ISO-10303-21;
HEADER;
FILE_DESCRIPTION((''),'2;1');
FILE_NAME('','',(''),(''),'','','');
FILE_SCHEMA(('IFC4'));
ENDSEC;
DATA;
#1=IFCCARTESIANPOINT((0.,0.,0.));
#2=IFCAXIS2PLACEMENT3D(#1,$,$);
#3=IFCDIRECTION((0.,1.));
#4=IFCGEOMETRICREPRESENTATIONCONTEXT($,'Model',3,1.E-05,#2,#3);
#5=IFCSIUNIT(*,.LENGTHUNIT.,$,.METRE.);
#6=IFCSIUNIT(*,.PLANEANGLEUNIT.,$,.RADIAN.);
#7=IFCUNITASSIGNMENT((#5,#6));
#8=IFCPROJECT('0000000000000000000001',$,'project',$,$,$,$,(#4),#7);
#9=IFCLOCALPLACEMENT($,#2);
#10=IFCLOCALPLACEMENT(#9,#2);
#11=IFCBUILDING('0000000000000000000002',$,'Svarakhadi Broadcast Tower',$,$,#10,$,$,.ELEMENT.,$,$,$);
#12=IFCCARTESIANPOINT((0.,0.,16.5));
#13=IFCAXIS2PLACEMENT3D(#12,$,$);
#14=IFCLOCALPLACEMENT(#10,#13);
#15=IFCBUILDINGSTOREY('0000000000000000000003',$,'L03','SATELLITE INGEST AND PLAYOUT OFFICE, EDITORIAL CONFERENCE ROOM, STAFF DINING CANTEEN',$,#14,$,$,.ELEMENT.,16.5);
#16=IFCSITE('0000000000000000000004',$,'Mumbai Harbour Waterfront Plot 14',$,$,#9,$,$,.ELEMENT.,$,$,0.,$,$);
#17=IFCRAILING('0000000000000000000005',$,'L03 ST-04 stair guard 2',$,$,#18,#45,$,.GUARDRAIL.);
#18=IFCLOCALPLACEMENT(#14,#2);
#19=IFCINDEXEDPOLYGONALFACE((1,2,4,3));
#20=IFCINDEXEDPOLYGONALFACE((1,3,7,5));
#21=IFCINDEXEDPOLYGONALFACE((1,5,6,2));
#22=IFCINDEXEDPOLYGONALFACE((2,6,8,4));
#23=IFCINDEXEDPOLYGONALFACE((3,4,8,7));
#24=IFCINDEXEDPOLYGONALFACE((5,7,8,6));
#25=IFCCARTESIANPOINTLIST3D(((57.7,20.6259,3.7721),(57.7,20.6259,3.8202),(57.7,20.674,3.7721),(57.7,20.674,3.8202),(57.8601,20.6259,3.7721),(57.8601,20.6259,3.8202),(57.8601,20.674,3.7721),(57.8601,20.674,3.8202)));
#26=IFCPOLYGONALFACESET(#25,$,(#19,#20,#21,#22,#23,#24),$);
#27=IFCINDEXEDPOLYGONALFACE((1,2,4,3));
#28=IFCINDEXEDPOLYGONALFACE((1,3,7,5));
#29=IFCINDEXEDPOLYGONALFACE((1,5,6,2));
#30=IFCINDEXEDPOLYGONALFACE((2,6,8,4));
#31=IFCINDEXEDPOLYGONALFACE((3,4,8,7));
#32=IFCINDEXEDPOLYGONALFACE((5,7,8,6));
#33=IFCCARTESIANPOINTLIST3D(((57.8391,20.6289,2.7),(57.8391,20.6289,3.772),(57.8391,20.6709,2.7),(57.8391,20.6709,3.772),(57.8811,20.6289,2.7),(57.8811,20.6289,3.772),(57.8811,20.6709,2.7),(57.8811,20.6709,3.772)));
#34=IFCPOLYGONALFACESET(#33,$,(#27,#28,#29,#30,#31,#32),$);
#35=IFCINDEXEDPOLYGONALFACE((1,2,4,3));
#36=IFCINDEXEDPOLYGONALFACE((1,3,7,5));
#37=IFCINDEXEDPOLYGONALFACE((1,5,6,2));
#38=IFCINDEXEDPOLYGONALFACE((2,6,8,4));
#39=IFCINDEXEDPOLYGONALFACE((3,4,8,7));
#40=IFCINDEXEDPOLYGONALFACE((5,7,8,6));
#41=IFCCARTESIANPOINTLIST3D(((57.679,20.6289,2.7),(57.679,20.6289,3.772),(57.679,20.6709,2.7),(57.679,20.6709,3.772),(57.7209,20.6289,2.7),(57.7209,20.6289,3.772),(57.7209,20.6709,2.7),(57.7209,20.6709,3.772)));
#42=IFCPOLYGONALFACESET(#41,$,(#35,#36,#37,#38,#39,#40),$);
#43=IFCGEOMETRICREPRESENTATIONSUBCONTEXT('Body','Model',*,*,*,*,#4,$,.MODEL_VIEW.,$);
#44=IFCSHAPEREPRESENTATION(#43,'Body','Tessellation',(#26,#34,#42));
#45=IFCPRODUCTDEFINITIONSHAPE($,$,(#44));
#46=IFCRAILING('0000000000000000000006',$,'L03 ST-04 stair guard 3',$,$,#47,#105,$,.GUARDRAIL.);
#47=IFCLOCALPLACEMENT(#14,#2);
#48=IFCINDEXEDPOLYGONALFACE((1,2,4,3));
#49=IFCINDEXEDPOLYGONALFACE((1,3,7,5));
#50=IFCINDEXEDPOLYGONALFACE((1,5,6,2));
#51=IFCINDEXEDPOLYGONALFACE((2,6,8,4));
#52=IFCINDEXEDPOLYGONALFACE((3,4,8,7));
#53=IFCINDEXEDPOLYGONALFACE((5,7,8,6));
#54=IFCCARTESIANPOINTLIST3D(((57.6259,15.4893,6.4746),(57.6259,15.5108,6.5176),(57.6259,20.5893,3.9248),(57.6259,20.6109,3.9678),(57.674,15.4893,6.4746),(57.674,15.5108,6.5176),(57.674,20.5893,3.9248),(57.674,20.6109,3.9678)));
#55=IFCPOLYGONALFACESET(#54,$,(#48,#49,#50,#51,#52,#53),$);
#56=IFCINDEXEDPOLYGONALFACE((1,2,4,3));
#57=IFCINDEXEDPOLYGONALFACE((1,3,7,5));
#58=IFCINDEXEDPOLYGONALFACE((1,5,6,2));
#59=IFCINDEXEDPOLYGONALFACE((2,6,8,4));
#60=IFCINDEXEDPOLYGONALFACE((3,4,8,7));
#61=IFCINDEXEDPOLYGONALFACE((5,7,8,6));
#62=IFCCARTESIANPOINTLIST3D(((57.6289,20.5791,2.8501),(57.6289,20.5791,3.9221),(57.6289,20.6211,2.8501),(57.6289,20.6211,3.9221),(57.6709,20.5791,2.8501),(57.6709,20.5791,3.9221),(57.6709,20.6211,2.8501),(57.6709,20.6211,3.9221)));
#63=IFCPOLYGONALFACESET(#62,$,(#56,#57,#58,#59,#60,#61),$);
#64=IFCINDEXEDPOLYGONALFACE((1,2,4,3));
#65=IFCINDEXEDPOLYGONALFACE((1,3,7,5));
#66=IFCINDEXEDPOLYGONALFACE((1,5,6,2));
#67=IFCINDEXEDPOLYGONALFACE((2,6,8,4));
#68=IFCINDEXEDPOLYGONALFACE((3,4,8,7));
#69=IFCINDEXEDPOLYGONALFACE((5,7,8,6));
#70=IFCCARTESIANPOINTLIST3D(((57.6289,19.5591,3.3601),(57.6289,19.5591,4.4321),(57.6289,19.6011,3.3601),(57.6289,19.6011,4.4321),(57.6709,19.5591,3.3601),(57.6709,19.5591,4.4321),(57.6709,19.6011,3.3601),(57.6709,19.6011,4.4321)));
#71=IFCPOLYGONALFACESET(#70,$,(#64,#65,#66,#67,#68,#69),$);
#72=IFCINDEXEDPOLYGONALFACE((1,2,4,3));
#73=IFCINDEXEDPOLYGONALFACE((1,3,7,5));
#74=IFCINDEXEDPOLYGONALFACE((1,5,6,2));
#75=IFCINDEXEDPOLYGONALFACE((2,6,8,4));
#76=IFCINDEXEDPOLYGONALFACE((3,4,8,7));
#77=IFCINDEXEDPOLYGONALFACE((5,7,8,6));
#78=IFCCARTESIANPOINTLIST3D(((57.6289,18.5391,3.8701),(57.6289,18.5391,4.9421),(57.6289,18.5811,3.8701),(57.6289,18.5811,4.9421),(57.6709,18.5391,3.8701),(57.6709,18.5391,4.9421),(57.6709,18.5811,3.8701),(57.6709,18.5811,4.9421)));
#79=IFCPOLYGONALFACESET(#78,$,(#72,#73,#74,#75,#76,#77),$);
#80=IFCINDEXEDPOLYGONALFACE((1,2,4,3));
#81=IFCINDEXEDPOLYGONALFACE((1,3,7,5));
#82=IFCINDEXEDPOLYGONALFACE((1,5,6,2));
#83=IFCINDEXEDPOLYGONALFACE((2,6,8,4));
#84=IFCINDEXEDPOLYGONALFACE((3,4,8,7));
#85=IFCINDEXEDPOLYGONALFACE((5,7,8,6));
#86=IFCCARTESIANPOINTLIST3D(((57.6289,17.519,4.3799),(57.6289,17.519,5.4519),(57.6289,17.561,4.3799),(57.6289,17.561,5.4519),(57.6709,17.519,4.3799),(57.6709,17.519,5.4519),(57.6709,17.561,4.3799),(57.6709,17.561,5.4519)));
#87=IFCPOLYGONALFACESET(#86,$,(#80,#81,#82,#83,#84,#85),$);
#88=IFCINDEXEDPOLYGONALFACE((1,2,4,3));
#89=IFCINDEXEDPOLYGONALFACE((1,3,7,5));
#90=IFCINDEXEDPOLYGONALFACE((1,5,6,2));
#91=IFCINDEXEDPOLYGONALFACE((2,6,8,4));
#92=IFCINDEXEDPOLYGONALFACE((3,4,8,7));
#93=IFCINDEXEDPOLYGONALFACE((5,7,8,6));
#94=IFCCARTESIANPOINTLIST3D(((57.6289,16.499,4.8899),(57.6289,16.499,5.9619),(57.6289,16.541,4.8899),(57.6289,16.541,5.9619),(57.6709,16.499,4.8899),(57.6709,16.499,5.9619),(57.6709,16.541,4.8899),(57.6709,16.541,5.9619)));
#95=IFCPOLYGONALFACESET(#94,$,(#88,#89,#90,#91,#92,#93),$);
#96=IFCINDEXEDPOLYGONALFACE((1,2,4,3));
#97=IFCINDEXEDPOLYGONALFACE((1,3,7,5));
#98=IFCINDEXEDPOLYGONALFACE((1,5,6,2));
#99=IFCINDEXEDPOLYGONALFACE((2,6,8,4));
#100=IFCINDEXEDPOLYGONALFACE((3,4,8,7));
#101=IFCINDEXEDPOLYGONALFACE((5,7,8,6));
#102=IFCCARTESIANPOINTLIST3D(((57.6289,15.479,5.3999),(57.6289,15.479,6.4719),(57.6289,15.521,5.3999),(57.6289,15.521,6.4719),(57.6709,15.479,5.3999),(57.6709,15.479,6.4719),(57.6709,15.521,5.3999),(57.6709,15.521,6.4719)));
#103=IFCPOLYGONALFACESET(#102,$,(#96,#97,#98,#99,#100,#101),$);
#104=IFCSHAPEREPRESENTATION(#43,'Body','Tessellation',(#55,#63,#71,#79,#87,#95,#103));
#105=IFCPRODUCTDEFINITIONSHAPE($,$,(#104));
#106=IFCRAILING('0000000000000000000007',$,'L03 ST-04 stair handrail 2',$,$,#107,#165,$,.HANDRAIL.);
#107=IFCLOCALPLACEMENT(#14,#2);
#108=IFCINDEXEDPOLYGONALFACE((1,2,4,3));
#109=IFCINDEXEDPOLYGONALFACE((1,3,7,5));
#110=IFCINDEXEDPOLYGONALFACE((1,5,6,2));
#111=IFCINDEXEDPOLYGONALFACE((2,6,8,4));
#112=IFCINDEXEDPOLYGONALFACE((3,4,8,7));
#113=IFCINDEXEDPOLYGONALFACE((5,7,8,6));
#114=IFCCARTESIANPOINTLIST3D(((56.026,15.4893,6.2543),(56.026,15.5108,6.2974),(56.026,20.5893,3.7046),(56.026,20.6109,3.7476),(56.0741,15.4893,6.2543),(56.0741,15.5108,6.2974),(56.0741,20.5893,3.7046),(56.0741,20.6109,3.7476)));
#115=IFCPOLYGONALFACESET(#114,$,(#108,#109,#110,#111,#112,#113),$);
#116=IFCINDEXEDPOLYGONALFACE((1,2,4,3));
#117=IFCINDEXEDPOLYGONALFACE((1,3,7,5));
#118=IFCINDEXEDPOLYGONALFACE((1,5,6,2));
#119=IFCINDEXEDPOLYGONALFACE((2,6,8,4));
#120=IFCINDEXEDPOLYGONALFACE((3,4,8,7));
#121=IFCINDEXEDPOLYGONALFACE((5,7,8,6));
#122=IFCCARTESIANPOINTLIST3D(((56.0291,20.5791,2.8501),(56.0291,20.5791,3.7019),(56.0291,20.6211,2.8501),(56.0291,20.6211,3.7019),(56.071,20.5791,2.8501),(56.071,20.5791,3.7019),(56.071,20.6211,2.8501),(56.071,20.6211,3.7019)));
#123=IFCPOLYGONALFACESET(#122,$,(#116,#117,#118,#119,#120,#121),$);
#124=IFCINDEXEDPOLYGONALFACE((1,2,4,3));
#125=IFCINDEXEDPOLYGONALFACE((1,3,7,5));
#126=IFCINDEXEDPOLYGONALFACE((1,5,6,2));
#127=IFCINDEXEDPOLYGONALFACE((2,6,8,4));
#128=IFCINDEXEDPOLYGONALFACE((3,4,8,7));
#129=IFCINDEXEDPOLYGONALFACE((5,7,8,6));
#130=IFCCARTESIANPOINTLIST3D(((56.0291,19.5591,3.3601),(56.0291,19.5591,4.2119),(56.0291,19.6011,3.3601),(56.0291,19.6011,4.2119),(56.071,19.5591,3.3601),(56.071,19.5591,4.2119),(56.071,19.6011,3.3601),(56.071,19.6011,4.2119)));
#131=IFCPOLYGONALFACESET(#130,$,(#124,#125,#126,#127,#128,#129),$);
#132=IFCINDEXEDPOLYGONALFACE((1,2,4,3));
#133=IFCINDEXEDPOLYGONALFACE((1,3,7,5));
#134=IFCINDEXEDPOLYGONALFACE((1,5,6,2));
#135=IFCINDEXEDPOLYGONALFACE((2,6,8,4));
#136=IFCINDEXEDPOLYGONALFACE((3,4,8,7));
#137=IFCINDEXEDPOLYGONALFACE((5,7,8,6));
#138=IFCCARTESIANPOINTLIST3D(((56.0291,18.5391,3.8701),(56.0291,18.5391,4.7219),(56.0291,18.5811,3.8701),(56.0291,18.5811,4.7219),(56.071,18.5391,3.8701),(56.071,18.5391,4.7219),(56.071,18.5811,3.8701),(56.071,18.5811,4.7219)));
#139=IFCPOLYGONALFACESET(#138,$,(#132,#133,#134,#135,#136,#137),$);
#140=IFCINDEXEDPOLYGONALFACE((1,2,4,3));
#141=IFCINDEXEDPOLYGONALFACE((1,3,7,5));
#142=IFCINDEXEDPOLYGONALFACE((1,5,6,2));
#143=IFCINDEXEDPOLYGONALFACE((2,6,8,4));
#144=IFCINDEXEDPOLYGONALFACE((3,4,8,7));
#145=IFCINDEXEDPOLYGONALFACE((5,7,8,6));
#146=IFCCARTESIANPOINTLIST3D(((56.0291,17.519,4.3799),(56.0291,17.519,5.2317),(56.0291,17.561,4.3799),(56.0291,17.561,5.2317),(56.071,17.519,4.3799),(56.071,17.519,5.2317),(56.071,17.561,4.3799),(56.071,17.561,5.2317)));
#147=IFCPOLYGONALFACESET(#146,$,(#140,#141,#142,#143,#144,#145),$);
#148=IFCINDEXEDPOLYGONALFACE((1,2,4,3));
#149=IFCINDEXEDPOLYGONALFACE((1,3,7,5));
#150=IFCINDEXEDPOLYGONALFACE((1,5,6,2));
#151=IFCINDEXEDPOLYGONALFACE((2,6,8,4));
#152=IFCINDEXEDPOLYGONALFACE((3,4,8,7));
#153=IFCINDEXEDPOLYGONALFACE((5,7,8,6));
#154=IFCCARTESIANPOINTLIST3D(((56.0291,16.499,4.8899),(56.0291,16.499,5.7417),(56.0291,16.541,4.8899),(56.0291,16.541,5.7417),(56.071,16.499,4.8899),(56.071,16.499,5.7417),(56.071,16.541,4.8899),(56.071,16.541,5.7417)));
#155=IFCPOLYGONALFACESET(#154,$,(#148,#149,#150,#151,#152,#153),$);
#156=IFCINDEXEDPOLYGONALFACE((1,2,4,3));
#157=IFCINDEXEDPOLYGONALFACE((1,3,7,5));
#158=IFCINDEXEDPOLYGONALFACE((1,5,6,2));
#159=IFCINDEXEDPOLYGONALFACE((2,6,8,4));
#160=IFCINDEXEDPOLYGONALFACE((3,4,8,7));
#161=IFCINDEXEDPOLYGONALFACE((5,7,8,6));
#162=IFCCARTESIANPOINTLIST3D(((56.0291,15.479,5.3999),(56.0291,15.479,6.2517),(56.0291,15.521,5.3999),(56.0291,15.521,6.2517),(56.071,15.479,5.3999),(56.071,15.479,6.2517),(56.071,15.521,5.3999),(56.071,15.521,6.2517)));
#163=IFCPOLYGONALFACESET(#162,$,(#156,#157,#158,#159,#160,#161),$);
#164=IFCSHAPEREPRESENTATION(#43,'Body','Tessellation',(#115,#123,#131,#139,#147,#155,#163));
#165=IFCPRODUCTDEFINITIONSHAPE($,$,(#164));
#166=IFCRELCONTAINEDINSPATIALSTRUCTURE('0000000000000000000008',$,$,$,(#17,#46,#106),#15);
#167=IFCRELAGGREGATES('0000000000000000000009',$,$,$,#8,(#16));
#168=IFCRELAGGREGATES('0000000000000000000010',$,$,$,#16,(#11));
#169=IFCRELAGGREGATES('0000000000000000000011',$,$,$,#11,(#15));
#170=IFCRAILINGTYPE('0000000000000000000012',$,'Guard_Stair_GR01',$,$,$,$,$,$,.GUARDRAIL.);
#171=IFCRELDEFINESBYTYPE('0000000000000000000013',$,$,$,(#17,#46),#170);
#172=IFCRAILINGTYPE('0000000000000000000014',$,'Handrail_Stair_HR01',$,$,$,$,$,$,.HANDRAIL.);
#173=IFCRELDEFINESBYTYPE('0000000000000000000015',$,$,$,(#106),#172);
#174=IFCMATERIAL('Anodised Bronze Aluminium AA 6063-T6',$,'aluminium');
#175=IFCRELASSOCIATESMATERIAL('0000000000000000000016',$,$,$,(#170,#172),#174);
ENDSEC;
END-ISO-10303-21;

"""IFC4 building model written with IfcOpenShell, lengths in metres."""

from ifc_helpers import new_model, si_unit, direction, frame, origin, origin_2d, place, context, subcontext, project, spatial, rectangle, extrude, material, type_object, element, save


model = new_model("IFC4")

# Units and contexts
model_context = context("Model", 3, precision=1e-05, world=origin(), true_north=direction((0.0, 1.0)))
body_context = subcontext(model_context, "Body", "Model", "MODEL_VIEW")
ifc_project = project(units=[si_unit("LENGTHUNIT", "METRE"), si_unit("PLANEANGLEUNIT", "RADIAN")], contexts=[model_context])

# Site, building, storey
site_placement = place(None, origin())
site = spatial("IfcSite", under=ifc_project, at=site_placement, Name="Mumbai Harbour Waterfront Plot 14", CompositionType="ELEMENT", RefElevation=0.0)
building_placement = place(site_placement, origin())
building = spatial("IfcBuilding", under=site, at=building_placement, Name="Svarakhadi Broadcast Tower", CompositionType="ELEMENT")
storey_placement = place(building_placement, frame((0.0, 0.0, 16.5)))
storey = spatial("IfcBuildingStorey", under=building, at=storey_placement, Name="L03", Description="SATELLITE INGEST AND PLAYOUT OFFICE, EDITORIAL CONFERENCE ROOM, STAFF DINING CANTEEN", CompositionType="ELEMENT", Elevation=16.5)

# Shared definitions
ifc_material_1 = material(Name="Anodised Bronze Aluminium AA 6063-T6", Category="aluminium")

# Railings
railing_type_1 = type_object("IfcRailingType", Name="Guard_Stair_GR01", PredefinedType="GUARDRAIL", material=ifc_material_1)
railing_1_placement = place(storey_placement, frame((57.8601, 20.6499, 2.7)))
element("IfcRailing", 1, at=railing_1_placement, inside=storey, type_object=railing_type_1, Name="L03 ST-04 stair guard 2", PredefinedType="GUARDRAIL", context=body_context, shape_type="SweptSolid", body=[
    extrude(rectangle(XDim=0.0481, YDim=0.0481, at=origin_2d()), frame((0.0, 0.0, 1.0962), z_axis=(-1.0, 0.0, 0.0), x_axis=(0.0, -1.0, 0.0)), (0.0, 0.0, 1.0), 0.1602),
    extrude(rectangle(XDim=0.042, YDim=0.042, at=origin_2d()), origin(), (0.0, 0.0, 1.0), 1.072),
    extrude(rectangle(XDim=0.042, YDim=0.042, at=origin_2d()), frame((-0.1602, 0.0, 0.0)), (0.0, 0.0, 1.0), 1.072),
])
railing_2_placement = place(storey_placement, frame((57.6499, 20.6001, 2.8501)))
element("IfcRailing", 2, at=railing_2_placement, inside=storey, type_object=railing_type_1, Name="L03 ST-04 stair guard 3", PredefinedType="GUARDRAIL", context=body_context, shape_type="SweptSolid", body=[
    extrude(rectangle(XDim=0.0481, YDim=0.0481, at=origin_2d()), frame((0.0, 0.0, 1.0962), z_axis=(0.0, -0.894444, 0.447179), x_axis=(1.0, 0.0, 0.0)), (0.0, 0.0, 1.0), 5.7019),
    extrude(rectangle(XDim=0.042, YDim=0.042, at=origin_2d()), origin(), (0.0, 0.0, 1.0), 1.072),
    extrude(rectangle(XDim=0.042, YDim=0.042, at=origin_2d()), frame((0.0, -1.02, 0.51)), (0.0, 0.0, 1.0), 1.072),
    extrude(rectangle(XDim=0.042, YDim=0.042, at=origin_2d()), frame((0.0, -2.04, 1.02)), (0.0, 0.0, 1.0), 1.072),
    extrude(rectangle(XDim=0.042, YDim=0.042, at=origin_2d()), frame((0.0, -3.0601, 1.5298)), (0.0, 0.0, 1.0), 1.072),
    extrude(rectangle(XDim=0.042, YDim=0.042, at=origin_2d()), frame((0.0, -4.0801, 2.0398)), (0.0, 0.0, 1.0), 1.072),
    extrude(rectangle(XDim=0.042, YDim=0.042, at=origin_2d()), frame((0.0, -5.1001, 2.5498)), (0.0, 0.0, 1.0), 1.072),
])
railing_type_2 = type_object("IfcRailingType", Name="Handrail_Stair_HR01", PredefinedType="HANDRAIL", material=ifc_material_1)
railing_3_placement = place(storey_placement, frame((56.05, 20.6001, 2.8501)))
element("IfcRailing", 3, at=railing_3_placement, inside=storey, type_object=railing_type_2, Name="L03 ST-04 stair handrail 2", PredefinedType="HANDRAIL", context=body_context, shape_type="SweptSolid", body=[
    extrude(rectangle(XDim=0.0481, YDim=0.0481, at=origin_2d()), frame((0.0, 0.0, 0.876), z_axis=(0.0, -0.894444, 0.447179), x_axis=(1.0, 0.0, 0.0)), (0.0, 0.0, 1.0), 5.7019),
    extrude(rectangle(XDim=0.042, YDim=0.042, at=origin_2d()), origin(), (0.0, 0.0, 1.0), 0.8518),
    extrude(rectangle(XDim=0.042, YDim=0.042, at=origin_2d()), frame((0.0, -1.02, 0.51)), (0.0, 0.0, 1.0), 0.8518),
    extrude(rectangle(XDim=0.042, YDim=0.042, at=origin_2d()), frame((0.0, -2.04, 1.02)), (0.0, 0.0, 1.0), 0.8518),
    extrude(rectangle(XDim=0.042, YDim=0.042, at=origin_2d()), frame((0.0, -3.0601, 1.5298)), (0.0, 0.0, 1.0), 0.8518),
    extrude(rectangle(XDim=0.042, YDim=0.042, at=origin_2d()), frame((0.0, -4.0801, 2.0398)), (0.0, 0.0, 1.0), 0.8518),
    extrude(rectangle(XDim=0.042, YDim=0.042, at=origin_2d()), frame((0.0, -5.1001, 2.5498)), (0.0, 0.0, 1.0), 0.8518),
])

save(model, "model.ifc")
